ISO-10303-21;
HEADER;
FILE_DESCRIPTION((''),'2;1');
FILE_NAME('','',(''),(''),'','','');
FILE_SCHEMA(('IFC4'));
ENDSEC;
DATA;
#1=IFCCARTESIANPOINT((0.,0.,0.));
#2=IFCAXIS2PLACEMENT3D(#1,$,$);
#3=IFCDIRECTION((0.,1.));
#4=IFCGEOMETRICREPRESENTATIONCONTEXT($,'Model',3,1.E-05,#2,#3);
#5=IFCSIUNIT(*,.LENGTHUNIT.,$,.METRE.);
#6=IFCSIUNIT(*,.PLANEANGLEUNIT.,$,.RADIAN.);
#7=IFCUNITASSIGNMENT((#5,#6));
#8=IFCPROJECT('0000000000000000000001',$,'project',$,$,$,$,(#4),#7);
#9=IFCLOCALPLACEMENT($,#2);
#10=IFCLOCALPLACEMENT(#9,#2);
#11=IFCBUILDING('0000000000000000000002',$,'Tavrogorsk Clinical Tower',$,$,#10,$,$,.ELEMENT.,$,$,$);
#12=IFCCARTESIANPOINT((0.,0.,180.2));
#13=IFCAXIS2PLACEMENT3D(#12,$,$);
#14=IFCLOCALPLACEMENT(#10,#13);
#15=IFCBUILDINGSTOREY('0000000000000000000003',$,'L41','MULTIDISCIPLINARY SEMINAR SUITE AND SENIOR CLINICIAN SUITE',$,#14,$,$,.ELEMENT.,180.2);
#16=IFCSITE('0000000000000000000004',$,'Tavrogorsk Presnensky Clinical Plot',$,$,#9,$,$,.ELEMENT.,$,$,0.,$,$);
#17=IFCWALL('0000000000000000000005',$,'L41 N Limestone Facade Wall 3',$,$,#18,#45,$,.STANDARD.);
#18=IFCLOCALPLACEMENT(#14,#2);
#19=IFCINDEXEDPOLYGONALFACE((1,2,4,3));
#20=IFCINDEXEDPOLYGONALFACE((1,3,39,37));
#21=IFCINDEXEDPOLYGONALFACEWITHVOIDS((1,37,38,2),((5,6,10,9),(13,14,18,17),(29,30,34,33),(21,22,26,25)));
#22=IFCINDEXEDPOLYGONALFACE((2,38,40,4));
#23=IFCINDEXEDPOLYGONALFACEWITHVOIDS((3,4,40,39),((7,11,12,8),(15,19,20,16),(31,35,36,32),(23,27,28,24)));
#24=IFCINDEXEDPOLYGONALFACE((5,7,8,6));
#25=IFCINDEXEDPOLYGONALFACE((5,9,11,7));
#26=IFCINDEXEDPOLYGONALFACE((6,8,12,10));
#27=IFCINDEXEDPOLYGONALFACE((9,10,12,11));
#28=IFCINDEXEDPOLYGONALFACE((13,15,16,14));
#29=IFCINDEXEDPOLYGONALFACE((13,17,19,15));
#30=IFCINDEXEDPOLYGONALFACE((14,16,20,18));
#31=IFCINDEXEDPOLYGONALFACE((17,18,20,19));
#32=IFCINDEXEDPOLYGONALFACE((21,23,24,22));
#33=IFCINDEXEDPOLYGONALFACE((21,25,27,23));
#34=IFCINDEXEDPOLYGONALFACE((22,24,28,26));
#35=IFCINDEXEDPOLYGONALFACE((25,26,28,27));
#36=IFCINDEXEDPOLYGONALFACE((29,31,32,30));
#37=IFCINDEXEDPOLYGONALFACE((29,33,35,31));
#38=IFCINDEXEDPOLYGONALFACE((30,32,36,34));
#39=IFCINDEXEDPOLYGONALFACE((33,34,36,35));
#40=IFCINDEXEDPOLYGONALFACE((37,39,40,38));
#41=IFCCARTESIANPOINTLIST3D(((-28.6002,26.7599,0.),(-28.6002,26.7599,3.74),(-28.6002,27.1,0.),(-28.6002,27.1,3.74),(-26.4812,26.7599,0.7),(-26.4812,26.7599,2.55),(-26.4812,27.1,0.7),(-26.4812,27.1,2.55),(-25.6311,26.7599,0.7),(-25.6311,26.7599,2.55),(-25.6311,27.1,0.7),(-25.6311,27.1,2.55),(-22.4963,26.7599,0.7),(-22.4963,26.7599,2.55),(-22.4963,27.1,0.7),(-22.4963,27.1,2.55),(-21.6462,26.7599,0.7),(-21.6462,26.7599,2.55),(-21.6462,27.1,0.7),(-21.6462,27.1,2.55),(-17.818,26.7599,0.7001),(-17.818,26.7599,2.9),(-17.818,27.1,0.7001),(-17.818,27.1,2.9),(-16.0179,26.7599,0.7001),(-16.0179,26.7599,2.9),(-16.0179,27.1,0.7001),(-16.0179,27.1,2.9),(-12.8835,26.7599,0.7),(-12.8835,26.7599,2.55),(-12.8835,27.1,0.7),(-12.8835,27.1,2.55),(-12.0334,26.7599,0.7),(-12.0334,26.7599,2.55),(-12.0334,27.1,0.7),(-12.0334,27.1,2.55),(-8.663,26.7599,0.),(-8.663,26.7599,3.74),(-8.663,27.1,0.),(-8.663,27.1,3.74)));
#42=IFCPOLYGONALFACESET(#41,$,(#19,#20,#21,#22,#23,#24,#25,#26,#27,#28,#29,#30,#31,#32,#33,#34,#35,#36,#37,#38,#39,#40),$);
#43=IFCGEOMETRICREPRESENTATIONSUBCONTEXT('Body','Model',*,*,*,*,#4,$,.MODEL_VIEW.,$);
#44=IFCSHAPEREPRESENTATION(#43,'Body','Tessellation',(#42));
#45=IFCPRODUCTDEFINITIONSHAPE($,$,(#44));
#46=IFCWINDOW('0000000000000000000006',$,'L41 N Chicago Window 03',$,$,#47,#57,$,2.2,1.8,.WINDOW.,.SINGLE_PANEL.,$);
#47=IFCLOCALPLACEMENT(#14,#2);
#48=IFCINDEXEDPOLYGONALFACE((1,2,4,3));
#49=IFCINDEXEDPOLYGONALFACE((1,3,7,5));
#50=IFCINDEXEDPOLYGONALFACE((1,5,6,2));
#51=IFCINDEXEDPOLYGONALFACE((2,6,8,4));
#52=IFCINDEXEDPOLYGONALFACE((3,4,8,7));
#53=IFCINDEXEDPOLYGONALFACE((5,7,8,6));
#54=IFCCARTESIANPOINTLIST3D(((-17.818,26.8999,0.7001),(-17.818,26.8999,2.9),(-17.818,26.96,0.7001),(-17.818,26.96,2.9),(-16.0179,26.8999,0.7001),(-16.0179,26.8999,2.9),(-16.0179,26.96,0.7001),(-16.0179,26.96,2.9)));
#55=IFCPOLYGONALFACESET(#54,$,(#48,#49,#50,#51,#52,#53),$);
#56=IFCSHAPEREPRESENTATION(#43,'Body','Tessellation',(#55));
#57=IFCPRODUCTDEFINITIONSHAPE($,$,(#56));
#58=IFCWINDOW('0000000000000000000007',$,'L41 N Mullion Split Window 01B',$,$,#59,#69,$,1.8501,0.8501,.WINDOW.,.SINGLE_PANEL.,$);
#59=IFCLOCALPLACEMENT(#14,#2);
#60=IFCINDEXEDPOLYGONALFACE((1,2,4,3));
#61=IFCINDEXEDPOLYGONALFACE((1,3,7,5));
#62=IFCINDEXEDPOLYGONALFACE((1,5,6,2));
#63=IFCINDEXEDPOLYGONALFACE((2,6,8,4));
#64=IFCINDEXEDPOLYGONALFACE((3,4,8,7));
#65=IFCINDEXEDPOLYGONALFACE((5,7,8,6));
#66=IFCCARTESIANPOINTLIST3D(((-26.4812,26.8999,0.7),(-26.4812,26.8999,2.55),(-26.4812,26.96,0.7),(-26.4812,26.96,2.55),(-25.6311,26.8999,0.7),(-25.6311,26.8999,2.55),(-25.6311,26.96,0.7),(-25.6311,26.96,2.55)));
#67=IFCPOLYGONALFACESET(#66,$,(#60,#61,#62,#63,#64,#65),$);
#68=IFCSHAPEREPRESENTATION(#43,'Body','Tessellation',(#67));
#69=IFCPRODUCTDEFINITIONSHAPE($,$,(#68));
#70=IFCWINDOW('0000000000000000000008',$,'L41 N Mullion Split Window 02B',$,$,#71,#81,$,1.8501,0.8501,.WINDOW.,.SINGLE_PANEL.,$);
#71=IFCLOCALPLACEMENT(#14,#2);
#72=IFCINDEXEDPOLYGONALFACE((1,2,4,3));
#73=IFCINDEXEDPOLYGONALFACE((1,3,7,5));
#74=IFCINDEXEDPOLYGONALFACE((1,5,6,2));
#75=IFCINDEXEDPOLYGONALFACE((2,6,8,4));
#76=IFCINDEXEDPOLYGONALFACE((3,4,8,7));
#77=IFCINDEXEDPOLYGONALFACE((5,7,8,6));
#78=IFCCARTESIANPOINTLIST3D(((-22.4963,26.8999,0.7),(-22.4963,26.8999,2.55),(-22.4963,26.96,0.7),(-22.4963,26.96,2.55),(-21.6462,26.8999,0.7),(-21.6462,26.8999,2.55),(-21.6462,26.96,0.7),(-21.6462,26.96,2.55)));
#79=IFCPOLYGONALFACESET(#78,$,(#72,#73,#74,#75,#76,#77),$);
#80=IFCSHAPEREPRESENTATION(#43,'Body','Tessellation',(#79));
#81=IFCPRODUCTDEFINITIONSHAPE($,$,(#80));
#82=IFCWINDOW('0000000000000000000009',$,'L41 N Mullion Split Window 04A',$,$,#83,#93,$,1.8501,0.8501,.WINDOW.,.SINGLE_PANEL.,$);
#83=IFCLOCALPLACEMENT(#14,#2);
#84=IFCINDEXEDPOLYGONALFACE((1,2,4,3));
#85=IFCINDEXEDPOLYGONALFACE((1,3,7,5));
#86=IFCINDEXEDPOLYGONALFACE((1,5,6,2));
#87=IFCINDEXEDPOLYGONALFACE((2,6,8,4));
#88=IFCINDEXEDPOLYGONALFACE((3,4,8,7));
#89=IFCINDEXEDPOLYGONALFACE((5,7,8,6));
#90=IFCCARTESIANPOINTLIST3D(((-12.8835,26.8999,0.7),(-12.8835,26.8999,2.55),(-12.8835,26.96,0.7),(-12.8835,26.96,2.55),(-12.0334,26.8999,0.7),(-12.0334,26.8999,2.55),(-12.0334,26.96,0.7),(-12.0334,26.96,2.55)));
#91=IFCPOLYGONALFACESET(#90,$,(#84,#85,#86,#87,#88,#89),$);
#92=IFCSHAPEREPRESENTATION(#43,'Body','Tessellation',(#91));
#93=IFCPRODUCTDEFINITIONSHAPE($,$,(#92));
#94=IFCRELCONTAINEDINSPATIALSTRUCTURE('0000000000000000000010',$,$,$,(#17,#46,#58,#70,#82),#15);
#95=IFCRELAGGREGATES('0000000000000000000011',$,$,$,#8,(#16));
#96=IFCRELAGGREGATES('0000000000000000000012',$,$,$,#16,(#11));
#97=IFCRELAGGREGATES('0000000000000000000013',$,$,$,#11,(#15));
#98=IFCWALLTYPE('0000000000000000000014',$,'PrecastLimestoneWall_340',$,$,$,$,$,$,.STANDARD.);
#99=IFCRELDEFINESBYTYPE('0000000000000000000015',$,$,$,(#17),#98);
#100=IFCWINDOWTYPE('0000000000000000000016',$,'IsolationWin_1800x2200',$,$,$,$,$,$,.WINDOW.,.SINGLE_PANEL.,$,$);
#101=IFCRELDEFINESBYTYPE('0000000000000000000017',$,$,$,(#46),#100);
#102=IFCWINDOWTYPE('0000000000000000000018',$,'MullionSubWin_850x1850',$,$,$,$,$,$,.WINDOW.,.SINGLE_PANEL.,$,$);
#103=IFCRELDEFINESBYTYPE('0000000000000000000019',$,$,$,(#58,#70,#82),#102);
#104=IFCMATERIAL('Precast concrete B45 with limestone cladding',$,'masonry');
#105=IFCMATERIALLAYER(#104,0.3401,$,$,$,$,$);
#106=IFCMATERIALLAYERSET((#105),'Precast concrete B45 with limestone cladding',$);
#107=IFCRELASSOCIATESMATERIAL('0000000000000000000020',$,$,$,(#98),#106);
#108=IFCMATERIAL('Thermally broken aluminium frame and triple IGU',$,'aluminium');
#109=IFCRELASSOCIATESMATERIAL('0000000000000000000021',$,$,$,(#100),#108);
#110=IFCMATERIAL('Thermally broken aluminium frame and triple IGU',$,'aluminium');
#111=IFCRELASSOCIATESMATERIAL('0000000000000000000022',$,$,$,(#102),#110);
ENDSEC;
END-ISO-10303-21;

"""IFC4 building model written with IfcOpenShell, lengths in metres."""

from ifc_helpers import new_model, si_unit, direction, frame, frame_2d, origin, place, context, subcontext, project, spatial, rectangle, extrude, material, layer, layer_set, type_object, element, fill, save


model = new_model("IFC4")

# Units and contexts
model_context = context("Model", 3, precision=1e-05, world=origin(), true_north=direction((0.0, 1.0)))
body_context = subcontext(model_context, "Body", "Model", "MODEL_VIEW")
ifc_project = project(units=[si_unit("LENGTHUNIT", "METRE"), si_unit("PLANEANGLEUNIT", "RADIAN")], contexts=[model_context])

# Site, building, storey
site_placement = place(None, origin())
site = spatial("IfcSite", under=ifc_project, at=site_placement, Name="Tavrogorsk Presnensky Clinical Plot", CompositionType="ELEMENT", RefElevation=0.0)
building_placement = place(site_placement, origin())
building = spatial("IfcBuilding", under=site, at=building_placement, Name="Tavrogorsk Clinical Tower", CompositionType="ELEMENT")
storey_placement = place(building_placement, frame((0.0, 0.0, 180.2)))
storey = spatial("IfcBuildingStorey", under=building, at=storey_placement, Name="L41", Description="MULTIDISCIPLINARY SEMINAR SUITE AND SENIOR CLINICIAN SUITE", CompositionType="ELEMENT", Elevation=180.2)

# Wall, openings, windows
ifc_material_1 = material(Name="Precast concrete B45 with limestone cladding", Category="masonry")
ifc_layer_1 = layer(ifc_material_1, 0.3401)
ifc_layer_set_1 = layer_set([ifc_layer_1], Name="Precast concrete B45 with limestone cladding")
wall_type_1 = type_object("IfcWallType", Name="PrecastLimestoneWall_340", PredefinedType="STANDARD", material=ifc_layer_set_1)
wall_1_placement = place(storey_placement, frame((-8.6628, 26.9299, 0.0), z_axis=(0.0, 0.0, 1.0), x_axis=(-1.0, 0.0, 0.0)))
wall_1 = element("IfcWall", 1, at=wall_1_placement, inside=storey, type_object=wall_type_1, Name="L41 N Limestone Facade Wall 3", PredefinedType="STANDARD", context=body_context, shape_type="SweptSolid", body=[
    extrude(rectangle(XDim=19.9373, YDim=0.3401, at=frame_2d((9.9688, 0.0))), origin(), (0.0, 0.0, 1.0), 3.74),
])
opening_1_placement = place(wall_1_placement, frame((16.9683, 0.0, 0.7)))
opening_1 = element("IfcOpeningElement", 2, at=opening_1_placement, cuts=wall_1, PredefinedType="OPENING", context=body_context, shape_type="SweptSolid", body=[
    extrude(rectangle(XDim=0.8501, YDim=1.8501, at=frame_2d((0.425, 0.925))), frame((0.0, 0.1799, 0.0), z_axis=(0.0, -1.0, 0.0), x_axis=(1.0, 0.0, 0.0)), (0.0, 0.0, 1.0), 0.3601),
])
opening_2_placement = place(wall_1_placement, frame((12.9834, 0.0, 0.7)))
opening_2 = element("IfcOpeningElement", 3, at=opening_2_placement, cuts=wall_1, PredefinedType="OPENING", context=body_context, shape_type="SweptSolid", body=[
    extrude(rectangle(XDim=0.8501, YDim=1.8501, at=frame_2d((0.425, 0.925))), frame((0.0, 0.1799, 0.0), z_axis=(0.0, -1.0, 0.0), x_axis=(1.0, 0.0, 0.0)), (0.0, 0.0, 1.0), 0.3601),
])
opening_3_placement = place(wall_1_placement, frame((7.3552, 0.0, 0.7)))
opening_3 = element("IfcOpeningElement", 4, at=opening_3_placement, cuts=wall_1, PredefinedType="OPENING", context=body_context, shape_type="SweptSolid", body=[
    extrude(rectangle(XDim=1.8, YDim=2.2, at=frame_2d((0.8999, 1.1001))), frame((0.0, 0.1799, 0.0), z_axis=(0.0, -1.0, 0.0), x_axis=(1.0, 0.0, 0.0)), (0.0, 0.0, 1.0), 0.3601),
])
opening_4_placement = place(wall_1_placement, frame((3.3706, 0.0, 0.7)))
opening_4 = element("IfcOpeningElement", 5, at=opening_4_placement, cuts=wall_1, PredefinedType="OPENING", context=body_context, shape_type="SweptSolid", body=[
    extrude(rectangle(XDim=0.8501, YDim=1.8501, at=frame_2d((0.425, 0.925))), frame((0.0, 0.1799, 0.0), z_axis=(0.0, -1.0, 0.0), x_axis=(1.0, 0.0, 0.0)), (0.0, 0.0, 1.0), 0.3601),
])
ifc_material_2 = material(Name="Thermally broken aluminium frame and triple IGU", Category="aluminium")
window_type_1 = type_object("IfcWindowType", Name="IsolationWin_1800x2200", PartitioningType="SINGLE_PANEL", PredefinedType="WINDOW", material=ifc_material_2)
window_1_placement = place(opening_3_placement, origin())
window_1 = element("IfcWindow", 6, at=window_1_placement, inside=storey, type_object=window_type_1, Name="L41 N Chicago Window 03", OverallHeight=2.2, OverallWidth=1.8, PartitioningType="SINGLE_PANEL", PredefinedType="WINDOW", context=body_context, shape_type="SweptSolid", body=[
    extrude(rectangle(XDim=1.8, YDim=2.2, at=frame_2d((0.8999, 1.1001))), frame((0.0, 0.03, 0.0), z_axis=(0.0, -1.0, 0.0), x_axis=(1.0, 0.0, 0.0)), (0.0, 0.0, 1.0), 0.0601),
])
fill(opening_3, window_1)
ifc_material_3 = material(Name="Thermally broken aluminium frame and triple IGU", Category="aluminium")
window_type_2 = type_object("IfcWindowType", Name="MullionSubWin_850x1850", PartitioningType="SINGLE_PANEL", PredefinedType="WINDOW", material=ifc_material_3)
window_2_placement = place(opening_1_placement, origin())
window_2 = element("IfcWindow", 7, at=window_2_placement, inside=storey, type_object=window_type_2, Name="L41 N Mullion Split Window 01B", OverallHeight=1.8501, OverallWidth=0.8501, PartitioningType="SINGLE_PANEL", PredefinedType="WINDOW", context=body_context, shape_type="SweptSolid", body=[
    extrude(rectangle(XDim=0.8501, YDim=1.8501, at=frame_2d((0.425, 0.925))), frame((0.0, 0.03, 0.0), z_axis=(0.0, -1.0, 0.0), x_axis=(1.0, 0.0, 0.0)), (0.0, 0.0, 1.0), 0.0601),
])
fill(opening_1, window_2)
window_3_placement = place(opening_2_placement, origin())
window_3 = element("IfcWindow", 8, at=window_3_placement, inside=storey, type_object=window_type_2, Name="L41 N Mullion Split Window 02B", OverallHeight=1.8501, OverallWidth=0.8501, PartitioningType="SINGLE_PANEL", PredefinedType="WINDOW", context=body_context, shape_type="SweptSolid", body=[
    extrude(rectangle(XDim=0.8501, YDim=1.8501, at=frame_2d((0.425, 0.925))), frame((0.0, 0.03, 0.0), z_axis=(0.0, -1.0, 0.0), x_axis=(1.0, 0.0, 0.0)), (0.0, 0.0, 1.0), 0.0601),
])
fill(opening_2, window_3)
window_4_placement = place(opening_4_placement, origin())
window_4 = element("IfcWindow", 9, at=window_4_placement, inside=storey, type_object=window_type_2, Name="L41 N Mullion Split Window 04A", OverallHeight=1.8501, OverallWidth=0.8501, PartitioningType="SINGLE_PANEL", PredefinedType="WINDOW", context=body_context, shape_type="SweptSolid", body=[
    extrude(rectangle(XDim=0.8501, YDim=1.8501, at=frame_2d((0.425, 0.925))), frame((0.0, 0.03, 0.0), z_axis=(0.0, -1.0, 0.0), x_axis=(1.0, 0.0, 0.0)), (0.0, 0.0, 1.0), 0.0601),
])
fill(opening_4, window_4)

save(model, "model.ifc")
